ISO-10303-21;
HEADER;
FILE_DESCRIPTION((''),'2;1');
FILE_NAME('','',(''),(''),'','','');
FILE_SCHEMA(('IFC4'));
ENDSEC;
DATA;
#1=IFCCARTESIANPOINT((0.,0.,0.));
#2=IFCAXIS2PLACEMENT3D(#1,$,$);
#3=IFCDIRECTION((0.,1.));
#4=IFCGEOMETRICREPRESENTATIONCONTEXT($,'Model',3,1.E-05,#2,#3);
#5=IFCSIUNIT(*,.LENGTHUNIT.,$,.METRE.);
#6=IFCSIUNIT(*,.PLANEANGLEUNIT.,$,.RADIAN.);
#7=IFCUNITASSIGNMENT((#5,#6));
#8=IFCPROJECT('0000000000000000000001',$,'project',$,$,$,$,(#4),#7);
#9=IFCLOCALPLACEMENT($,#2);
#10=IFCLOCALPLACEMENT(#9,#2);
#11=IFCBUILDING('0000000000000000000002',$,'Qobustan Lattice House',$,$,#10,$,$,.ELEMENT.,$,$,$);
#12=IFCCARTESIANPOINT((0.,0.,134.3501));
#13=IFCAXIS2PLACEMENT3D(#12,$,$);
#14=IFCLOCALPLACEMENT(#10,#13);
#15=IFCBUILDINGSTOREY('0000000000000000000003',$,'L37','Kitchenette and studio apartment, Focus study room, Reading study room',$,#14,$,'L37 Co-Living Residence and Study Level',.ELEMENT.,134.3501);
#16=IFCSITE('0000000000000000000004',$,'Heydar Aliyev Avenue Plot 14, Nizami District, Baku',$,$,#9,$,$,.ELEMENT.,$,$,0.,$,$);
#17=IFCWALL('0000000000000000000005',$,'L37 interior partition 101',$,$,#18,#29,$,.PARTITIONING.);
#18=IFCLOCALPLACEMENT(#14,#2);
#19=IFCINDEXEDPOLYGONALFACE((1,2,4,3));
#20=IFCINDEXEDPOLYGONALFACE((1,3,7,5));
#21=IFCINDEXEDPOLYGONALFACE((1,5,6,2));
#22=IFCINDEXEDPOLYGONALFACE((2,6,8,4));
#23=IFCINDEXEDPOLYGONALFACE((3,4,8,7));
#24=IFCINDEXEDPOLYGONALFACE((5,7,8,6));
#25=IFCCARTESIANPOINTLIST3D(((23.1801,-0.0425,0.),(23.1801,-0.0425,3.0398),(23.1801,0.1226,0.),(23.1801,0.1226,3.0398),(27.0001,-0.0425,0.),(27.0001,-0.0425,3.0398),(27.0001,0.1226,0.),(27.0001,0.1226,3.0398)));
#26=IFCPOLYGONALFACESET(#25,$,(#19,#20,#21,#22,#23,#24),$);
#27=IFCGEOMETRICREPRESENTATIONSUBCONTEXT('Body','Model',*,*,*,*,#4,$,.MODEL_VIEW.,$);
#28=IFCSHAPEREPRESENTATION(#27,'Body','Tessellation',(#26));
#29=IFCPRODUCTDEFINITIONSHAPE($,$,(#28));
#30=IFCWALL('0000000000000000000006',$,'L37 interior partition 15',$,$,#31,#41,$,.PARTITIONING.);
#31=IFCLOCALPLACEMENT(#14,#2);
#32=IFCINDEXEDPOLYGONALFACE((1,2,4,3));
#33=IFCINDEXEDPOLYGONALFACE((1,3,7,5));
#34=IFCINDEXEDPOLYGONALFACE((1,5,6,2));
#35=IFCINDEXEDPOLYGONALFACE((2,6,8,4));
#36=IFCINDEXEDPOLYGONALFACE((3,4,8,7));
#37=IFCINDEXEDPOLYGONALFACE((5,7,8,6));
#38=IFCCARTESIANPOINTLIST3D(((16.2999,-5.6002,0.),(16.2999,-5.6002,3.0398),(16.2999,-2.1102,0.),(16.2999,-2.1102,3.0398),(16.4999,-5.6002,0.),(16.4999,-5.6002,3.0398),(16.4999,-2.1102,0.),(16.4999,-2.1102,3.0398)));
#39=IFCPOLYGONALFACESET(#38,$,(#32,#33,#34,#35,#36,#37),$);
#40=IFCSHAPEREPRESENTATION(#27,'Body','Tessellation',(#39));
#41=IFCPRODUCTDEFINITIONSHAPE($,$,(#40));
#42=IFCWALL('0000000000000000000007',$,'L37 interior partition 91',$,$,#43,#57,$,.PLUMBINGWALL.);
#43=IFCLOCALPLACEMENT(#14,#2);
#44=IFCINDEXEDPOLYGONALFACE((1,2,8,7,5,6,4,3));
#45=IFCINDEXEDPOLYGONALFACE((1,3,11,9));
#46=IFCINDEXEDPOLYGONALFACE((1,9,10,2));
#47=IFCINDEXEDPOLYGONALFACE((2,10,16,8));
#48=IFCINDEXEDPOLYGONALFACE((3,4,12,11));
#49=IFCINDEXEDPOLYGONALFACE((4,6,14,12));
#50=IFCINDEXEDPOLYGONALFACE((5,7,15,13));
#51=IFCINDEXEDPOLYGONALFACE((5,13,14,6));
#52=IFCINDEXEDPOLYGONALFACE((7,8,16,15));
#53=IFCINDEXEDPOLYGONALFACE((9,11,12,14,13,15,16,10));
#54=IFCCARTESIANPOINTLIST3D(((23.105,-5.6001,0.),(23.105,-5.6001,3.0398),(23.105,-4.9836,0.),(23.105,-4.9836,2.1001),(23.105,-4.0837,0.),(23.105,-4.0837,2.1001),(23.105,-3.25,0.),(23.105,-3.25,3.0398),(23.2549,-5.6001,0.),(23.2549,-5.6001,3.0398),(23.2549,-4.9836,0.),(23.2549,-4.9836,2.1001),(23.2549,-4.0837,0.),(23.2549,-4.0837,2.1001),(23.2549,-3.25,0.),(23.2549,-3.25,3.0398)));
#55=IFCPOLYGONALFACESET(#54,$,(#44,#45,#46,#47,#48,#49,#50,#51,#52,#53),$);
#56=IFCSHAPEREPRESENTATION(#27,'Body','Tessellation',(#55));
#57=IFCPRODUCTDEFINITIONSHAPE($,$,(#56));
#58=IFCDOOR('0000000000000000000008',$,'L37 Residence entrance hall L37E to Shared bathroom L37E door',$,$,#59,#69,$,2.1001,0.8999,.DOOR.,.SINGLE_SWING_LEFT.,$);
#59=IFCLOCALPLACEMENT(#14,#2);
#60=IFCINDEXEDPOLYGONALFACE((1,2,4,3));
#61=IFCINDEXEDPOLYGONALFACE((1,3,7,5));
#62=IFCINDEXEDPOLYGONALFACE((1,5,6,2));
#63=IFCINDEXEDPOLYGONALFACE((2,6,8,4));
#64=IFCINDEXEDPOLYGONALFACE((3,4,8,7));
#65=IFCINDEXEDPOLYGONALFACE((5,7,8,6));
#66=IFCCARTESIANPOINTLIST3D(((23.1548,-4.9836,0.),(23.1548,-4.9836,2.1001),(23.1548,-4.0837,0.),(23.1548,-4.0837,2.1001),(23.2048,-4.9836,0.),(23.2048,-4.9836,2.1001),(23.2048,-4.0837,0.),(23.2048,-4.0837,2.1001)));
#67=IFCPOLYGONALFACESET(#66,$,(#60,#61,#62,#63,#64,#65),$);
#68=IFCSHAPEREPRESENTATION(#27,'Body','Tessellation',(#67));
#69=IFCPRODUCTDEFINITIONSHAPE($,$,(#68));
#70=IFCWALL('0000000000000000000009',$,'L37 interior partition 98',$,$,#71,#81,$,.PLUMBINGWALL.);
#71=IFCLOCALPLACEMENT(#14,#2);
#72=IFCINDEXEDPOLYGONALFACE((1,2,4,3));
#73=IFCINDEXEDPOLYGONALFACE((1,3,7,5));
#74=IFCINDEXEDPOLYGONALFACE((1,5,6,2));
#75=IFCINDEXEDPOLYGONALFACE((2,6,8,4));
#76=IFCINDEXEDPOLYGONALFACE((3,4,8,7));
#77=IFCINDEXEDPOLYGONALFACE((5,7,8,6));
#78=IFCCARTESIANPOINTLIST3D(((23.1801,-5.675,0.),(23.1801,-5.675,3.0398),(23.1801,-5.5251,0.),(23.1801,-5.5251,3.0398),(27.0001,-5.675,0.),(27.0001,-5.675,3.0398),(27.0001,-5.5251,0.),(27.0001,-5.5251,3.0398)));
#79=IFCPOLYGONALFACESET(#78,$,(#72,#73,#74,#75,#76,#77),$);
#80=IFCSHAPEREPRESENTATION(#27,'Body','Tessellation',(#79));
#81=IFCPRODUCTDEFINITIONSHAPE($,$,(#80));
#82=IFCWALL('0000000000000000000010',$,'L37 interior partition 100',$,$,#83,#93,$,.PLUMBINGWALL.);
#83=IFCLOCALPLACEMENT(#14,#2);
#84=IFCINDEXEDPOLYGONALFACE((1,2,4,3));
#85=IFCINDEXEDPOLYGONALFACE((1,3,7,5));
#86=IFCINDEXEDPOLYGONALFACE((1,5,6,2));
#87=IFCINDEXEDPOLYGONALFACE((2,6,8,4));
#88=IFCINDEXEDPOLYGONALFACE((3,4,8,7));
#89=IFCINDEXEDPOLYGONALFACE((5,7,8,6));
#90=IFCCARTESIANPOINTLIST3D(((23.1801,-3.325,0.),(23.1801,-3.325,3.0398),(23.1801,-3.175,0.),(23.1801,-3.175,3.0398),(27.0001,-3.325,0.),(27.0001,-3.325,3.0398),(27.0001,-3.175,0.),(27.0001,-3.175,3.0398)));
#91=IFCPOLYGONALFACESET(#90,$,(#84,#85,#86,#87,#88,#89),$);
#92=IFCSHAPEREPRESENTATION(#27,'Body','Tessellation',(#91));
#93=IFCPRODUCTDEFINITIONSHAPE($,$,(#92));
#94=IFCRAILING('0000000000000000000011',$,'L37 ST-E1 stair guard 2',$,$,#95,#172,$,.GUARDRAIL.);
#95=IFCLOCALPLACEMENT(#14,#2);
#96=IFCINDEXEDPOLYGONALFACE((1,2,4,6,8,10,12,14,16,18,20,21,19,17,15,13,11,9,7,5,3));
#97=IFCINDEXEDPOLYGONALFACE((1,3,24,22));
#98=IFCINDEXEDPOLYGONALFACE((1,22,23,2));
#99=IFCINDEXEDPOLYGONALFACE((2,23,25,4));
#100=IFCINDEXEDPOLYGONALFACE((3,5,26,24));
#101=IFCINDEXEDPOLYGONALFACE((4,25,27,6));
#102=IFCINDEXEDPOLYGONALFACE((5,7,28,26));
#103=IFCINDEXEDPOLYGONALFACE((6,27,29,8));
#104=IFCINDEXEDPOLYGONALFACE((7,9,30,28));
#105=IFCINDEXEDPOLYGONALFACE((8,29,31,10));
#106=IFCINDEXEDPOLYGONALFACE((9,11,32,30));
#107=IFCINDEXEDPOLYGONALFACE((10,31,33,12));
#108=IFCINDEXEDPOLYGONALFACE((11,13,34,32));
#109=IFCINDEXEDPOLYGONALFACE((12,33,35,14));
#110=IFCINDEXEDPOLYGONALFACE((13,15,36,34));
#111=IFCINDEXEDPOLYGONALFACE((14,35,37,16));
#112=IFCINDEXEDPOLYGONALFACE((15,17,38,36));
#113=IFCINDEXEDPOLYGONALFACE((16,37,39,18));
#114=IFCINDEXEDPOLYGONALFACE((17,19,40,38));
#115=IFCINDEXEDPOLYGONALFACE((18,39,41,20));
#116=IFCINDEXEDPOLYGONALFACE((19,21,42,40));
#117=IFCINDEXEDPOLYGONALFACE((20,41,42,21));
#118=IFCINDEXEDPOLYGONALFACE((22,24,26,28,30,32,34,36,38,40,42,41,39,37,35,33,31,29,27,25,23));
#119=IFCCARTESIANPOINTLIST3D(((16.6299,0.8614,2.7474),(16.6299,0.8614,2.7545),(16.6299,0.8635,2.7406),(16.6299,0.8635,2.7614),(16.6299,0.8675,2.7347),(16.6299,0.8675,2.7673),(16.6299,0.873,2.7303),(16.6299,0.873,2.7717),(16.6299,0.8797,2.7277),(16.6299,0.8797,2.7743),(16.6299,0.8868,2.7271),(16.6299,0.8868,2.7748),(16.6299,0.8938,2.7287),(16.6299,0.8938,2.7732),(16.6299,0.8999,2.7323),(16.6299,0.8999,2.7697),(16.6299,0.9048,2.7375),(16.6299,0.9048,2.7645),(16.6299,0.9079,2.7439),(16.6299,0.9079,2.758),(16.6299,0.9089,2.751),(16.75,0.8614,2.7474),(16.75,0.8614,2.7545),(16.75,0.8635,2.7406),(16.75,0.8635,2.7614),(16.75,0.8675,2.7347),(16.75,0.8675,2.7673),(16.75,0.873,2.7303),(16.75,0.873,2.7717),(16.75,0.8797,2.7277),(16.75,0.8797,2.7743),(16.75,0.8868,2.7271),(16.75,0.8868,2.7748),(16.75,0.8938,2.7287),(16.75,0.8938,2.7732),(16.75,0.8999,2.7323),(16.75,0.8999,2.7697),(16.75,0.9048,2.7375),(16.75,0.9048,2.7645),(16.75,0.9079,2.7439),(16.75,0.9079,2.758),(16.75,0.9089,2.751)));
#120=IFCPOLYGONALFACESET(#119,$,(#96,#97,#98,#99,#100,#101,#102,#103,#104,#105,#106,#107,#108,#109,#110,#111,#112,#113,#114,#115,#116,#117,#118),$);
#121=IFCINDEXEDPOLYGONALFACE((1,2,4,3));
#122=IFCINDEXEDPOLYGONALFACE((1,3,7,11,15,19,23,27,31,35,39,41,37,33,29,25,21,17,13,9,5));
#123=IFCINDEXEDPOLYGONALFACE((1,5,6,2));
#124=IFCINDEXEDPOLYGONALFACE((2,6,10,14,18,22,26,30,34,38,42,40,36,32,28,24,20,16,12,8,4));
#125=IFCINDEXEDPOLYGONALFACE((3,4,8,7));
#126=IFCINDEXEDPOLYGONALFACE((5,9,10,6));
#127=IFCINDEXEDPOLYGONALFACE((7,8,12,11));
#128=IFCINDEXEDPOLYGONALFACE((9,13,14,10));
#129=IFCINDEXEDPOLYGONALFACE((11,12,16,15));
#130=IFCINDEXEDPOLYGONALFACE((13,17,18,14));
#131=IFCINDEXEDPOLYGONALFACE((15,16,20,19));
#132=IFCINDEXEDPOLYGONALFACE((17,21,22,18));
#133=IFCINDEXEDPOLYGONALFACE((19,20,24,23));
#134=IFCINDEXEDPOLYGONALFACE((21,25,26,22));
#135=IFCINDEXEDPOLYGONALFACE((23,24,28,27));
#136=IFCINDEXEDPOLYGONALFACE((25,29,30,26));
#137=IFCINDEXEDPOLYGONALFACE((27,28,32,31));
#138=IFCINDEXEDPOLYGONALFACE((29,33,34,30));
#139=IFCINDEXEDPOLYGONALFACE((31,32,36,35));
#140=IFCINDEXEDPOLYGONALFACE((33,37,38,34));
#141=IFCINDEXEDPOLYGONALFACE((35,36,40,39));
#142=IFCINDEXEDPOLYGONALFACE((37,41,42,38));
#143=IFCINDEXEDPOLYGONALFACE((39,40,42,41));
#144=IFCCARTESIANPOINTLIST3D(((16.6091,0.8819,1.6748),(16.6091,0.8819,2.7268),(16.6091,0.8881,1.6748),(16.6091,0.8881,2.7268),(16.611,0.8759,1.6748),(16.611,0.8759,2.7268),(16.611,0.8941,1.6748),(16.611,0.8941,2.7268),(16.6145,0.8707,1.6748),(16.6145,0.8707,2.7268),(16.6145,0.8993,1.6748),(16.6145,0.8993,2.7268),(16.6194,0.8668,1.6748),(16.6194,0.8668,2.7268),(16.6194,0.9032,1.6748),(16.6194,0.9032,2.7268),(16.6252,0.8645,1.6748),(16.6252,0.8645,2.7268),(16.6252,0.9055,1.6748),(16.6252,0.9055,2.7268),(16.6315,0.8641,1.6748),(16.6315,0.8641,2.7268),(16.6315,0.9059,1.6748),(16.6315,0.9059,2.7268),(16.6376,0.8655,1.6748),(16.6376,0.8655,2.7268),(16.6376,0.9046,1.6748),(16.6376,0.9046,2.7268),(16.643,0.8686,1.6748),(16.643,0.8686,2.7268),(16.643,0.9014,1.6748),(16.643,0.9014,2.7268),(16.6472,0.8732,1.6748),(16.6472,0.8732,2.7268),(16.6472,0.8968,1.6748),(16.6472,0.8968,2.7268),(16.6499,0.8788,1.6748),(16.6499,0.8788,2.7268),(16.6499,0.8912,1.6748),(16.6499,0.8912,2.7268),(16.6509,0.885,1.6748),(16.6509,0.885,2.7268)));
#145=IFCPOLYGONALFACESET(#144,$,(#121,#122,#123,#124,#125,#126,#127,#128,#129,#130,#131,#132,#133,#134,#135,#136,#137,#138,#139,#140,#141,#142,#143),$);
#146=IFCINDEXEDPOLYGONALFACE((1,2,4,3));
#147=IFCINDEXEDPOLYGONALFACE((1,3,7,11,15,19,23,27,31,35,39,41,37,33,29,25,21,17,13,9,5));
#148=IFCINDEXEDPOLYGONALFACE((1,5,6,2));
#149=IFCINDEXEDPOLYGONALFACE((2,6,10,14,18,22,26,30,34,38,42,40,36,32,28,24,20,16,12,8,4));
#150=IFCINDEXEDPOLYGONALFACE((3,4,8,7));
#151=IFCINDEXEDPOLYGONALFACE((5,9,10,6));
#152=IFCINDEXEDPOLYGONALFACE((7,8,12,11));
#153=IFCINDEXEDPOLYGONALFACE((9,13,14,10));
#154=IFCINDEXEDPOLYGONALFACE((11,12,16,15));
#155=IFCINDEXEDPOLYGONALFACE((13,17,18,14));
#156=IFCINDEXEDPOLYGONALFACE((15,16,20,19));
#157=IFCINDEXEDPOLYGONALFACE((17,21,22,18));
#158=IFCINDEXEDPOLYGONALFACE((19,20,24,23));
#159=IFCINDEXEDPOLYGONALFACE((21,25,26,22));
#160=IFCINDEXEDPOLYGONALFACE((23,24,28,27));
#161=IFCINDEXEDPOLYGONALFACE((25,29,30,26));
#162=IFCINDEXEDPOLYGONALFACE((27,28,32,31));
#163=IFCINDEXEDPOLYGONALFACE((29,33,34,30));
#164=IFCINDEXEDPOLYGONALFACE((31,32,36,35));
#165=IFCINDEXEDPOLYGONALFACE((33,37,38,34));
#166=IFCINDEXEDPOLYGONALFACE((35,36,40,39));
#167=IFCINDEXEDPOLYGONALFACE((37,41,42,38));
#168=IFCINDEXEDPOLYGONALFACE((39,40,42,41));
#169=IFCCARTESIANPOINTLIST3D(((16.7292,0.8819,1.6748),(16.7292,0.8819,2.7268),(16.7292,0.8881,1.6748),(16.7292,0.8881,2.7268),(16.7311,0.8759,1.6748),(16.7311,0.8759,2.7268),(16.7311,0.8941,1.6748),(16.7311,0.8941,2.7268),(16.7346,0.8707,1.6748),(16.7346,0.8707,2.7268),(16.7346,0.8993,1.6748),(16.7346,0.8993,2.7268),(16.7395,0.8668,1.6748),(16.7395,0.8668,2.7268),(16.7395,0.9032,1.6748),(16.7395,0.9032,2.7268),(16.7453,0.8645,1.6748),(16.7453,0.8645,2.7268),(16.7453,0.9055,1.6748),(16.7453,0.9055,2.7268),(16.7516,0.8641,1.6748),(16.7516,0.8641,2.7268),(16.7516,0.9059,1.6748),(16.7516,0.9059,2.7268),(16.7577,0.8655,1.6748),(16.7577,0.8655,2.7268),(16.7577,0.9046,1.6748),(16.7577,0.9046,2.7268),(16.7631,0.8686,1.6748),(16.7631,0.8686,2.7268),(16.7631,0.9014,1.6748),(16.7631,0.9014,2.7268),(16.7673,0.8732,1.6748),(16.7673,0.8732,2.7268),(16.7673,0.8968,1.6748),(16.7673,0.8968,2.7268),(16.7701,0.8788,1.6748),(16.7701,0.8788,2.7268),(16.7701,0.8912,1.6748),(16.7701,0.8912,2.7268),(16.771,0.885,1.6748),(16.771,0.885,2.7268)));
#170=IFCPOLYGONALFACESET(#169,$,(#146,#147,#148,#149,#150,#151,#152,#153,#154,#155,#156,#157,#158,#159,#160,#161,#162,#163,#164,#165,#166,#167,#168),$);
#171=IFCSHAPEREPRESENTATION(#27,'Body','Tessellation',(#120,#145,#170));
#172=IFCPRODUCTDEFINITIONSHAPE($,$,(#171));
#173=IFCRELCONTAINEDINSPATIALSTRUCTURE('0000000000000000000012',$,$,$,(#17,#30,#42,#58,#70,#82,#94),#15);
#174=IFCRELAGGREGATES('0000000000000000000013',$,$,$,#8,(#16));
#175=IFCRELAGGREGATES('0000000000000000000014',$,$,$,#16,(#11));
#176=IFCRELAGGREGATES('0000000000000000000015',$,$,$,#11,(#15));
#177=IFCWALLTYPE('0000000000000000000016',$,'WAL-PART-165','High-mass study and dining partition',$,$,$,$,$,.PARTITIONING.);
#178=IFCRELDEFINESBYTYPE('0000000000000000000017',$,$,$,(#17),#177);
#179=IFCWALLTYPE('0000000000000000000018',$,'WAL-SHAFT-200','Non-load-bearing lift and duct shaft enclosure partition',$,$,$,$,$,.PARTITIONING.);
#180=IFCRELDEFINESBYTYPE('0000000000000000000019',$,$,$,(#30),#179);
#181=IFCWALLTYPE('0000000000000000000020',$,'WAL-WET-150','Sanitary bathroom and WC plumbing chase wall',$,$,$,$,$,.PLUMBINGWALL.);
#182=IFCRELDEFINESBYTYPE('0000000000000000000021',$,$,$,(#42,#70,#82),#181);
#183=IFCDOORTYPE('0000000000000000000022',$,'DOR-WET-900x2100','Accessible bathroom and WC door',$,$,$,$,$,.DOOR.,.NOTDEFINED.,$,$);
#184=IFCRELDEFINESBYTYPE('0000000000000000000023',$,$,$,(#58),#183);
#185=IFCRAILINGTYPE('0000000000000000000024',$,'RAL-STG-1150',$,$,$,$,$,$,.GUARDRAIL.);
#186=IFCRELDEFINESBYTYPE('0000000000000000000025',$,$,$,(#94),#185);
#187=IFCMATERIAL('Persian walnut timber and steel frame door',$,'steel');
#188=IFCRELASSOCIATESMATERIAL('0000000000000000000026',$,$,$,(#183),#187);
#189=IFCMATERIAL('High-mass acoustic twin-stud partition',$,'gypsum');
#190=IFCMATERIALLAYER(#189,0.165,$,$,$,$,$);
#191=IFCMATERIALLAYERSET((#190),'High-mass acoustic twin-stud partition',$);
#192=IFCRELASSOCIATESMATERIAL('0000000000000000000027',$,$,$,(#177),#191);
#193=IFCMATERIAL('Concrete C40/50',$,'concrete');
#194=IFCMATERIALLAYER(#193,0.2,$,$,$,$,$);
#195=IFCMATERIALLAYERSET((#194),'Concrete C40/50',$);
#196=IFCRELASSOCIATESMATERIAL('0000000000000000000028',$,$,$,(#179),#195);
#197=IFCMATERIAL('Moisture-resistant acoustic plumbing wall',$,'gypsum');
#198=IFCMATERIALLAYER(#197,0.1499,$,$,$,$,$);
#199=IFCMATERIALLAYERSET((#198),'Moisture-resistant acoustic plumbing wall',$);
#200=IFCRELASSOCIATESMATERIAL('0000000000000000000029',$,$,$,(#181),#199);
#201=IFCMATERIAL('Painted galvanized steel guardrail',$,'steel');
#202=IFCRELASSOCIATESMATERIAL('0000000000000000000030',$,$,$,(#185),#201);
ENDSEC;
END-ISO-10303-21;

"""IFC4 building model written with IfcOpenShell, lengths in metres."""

from ifc_helpers import new_model, si_unit, direction, frame, frame_2d, origin, origin_2d, place, context, subcontext, project, spatial, rectangle, circle, extrude, material, layer, layer_set, type_object, element, fill, save


model = new_model("IFC4")

# Units and contexts
model_context = context("Model", 3, precision=1e-05, world=origin(), true_north=direction((0.0, 1.0)))
body_context = subcontext(model_context, "Body", "Model", "MODEL_VIEW")
ifc_project = project(units=[si_unit("LENGTHUNIT", "METRE"), si_unit("PLANEANGLEUNIT", "RADIAN")], contexts=[model_context])

# Site, building, storey
site_placement = place(None, origin())
site = spatial("IfcSite", under=ifc_project, at=site_placement, Name="Heydar Aliyev Avenue Plot 14, Nizami District, Baku", CompositionType="ELEMENT", RefElevation=0.0)
building_placement = place(site_placement, origin())
building = spatial("IfcBuilding", under=site, at=building_placement, Name="Qobustan Lattice House", CompositionType="ELEMENT")
storey_placement = place(building_placement, frame((0.0, 0.0, 134.3501)))
storey = spatial("IfcBuildingStorey", under=building, at=storey_placement, Name="L37", Description="Kitchenette and studio apartment, Focus study room, Reading study room", LongName="L37 Co-Living Residence and Study Level", CompositionType="ELEMENT", Elevation=134.3501)

# Shared definitions
ifc_material_1 = material(Name="Persian walnut timber and steel frame door", Category="steel")
door_type_1 = type_object("IfcDoorType", Name="DOR-WET-900x2100", Description="Accessible bathroom and WC door", OperationType="NOTDEFINED", PredefinedType="DOOR", material=ifc_material_1)
ifc_material_2 = material(Name="High-mass acoustic twin-stud partition", Category="gypsum")
ifc_layer_1 = layer(ifc_material_2, 0.165)
ifc_layer_set_1 = layer_set([ifc_layer_1], Name="High-mass acoustic twin-stud partition")
wall_type_1 = type_object("IfcWallType", Name="WAL-PART-165", Description="High-mass study and dining partition", PredefinedType="PARTITIONING", material=ifc_layer_set_1)

# Walls
wall_1_placement = place(storey_placement, frame((23.1799, 0.04, 0.0), z_axis=(0.0, 0.0, 1.0), x_axis=(1.0, 0.0, 0.0)))
element("IfcWall", 1, at=wall_1_placement, inside=storey, type_object=wall_type_1, Name="L37 interior partition 101", PredefinedType="PARTITIONING", context=body_context, shape_type="SweptSolid", body=[
    extrude(rectangle(XDim=3.8201, YDim=0.165, at=frame_2d((1.9102, 0.0))), origin(), (0.0, 0.0, 1.0), 3.0398),
])
ifc_material_3 = material(Name="Concrete C40/50", Category="concrete")
ifc_layer_2 = layer(ifc_material_3, 0.2)
ifc_layer_set_2 = layer_set([ifc_layer_2], Name="Concrete C40/50")
wall_type_2 = type_object("IfcWallType", Name="WAL-SHAFT-200", Description="Non-load-bearing lift and duct shaft enclosure partition", PredefinedType="PARTITIONING", material=ifc_layer_set_2)
wall_2_placement = place(storey_placement, frame((16.3999, -2.1101, 0.0), z_axis=(0.0, 0.0, 1.0), x_axis=(0.0, -1.0, 0.0)))
element("IfcWall", 2, at=wall_2_placement, inside=storey, type_object=wall_type_2, Name="L37 interior partition 15", PredefinedType="PARTITIONING", context=body_context, shape_type="SweptSolid", body=[
    extrude(rectangle(XDim=3.49, YDim=0.2, at=frame_2d((1.7451, 0.0))), origin(), (0.0, 0.0, 1.0), 3.0398),
])

# Wall, opening, door
ifc_material_4 = material(Name="Moisture-resistant acoustic plumbing wall", Category="gypsum")
ifc_layer_3 = layer(ifc_material_4, 0.1499)
ifc_layer_set_3 = layer_set([ifc_layer_3], Name="Moisture-resistant acoustic plumbing wall")
wall_type_3 = type_object("IfcWallType", Name="WAL-WET-150", Description="Sanitary bathroom and WC plumbing chase wall", PredefinedType="PLUMBINGWALL", material=ifc_layer_set_3)
wall_3_placement = place(storey_placement, frame((23.1799, -3.25, 0.0), z_axis=(0.0, 0.0, 1.0), x_axis=(0.0, -1.0, 0.0)))
wall_3 = element("IfcWall", 3, at=wall_3_placement, inside=storey, type_object=wall_type_3, Name="L37 interior partition 91", PredefinedType="PLUMBINGWALL", context=body_context, shape_type="SweptSolid", body=[
    extrude(rectangle(XDim=2.3501, YDim=0.1499, at=frame_2d((1.175, 0.0))), origin(), (0.0, 0.0, 1.0), 3.0398),
])
opening_1_placement = place(wall_3_placement, frame((0.8337, 0.0, 0.0)))
opening_1 = element("IfcOpeningElement", 4, at=opening_1_placement, cuts=wall_3, PredefinedType="OPENING", context=body_context, shape_type="SweptSolid", body=[
    extrude(rectangle(XDim=0.8999, YDim=2.1001, at=frame_2d((0.45, 1.05))), frame((0.0, 0.085, 0.0), z_axis=(0.0, -1.0, 0.0), x_axis=(1.0, 0.0, 0.0)), (0.0, 0.0, 1.0), 0.1699),
])
door_1_placement = place(opening_1_placement, origin())
door_1 = element("IfcDoor", 5, at=door_1_placement, inside=storey, type_object=door_type_1, Name="L37 Residence entrance hall L37E to Shared bathroom L37E door", OperationType="SINGLE_SWING_LEFT", OverallHeight=2.1001, OverallWidth=0.8999, PredefinedType="DOOR", context=body_context, shape_type="SweptSolid", body=[
    extrude(rectangle(XDim=0.8999, YDim=2.1001, at=frame_2d((0.45, 1.05))), frame((0.0, 0.0249, 0.0), z_axis=(0.0, -1.0, 0.0), x_axis=(1.0, 0.0, 0.0)), (0.0, 0.0, 1.0), 0.05),
])
fill(opening_1, door_1)

# Walls
for number, where, z_axis, x_axis, name in (
    (6, (23.1799, -5.6001, 0.0), (0.0, 0.0, 1.0), (1.0, 0.0, 0.0), "L37 interior partition 98"),
    (7, (23.1799, -3.25, 0.0), (0.0, 0.0, 1.0), (1.0, 0.0, 0.0), "L37 interior partition 100"),
):
    element("IfcWall", number, at=place(storey_placement, frame(where, z_axis=z_axis, x_axis=x_axis)), inside=storey, type_object=wall_type_3, Name=name, PredefinedType="PLUMBINGWALL", context=body_context, shape_type="SweptSolid", body=[
        extrude(rectangle(XDim=3.8201, YDim=0.1499, at=frame_2d((1.9102, 0.0))), origin(), (0.0, 0.0, 1.0), 3.0398),
    ])

# Railing
ifc_material_5 = material(Name="Painted galvanized steel guardrail", Category="steel")
railing_type = type_object("IfcRailingType", Name="RAL-STG-1150", PredefinedType="GUARDRAIL", material=ifc_material_5)
railing_1_placement = place(storey_placement, frame((16.6299, 0.885, 1.6748)))
element("IfcRailing", 8, at=railing_1_placement, inside=storey, type_object=railing_type, Name="L37 ST-E1 stair guard 2", PredefinedType="GUARDRAIL", context=body_context, shape_type="SweptSolid", body=[
    extrude(circle(Radius=0.0239, at=origin_2d()), frame((0.0, 0.0, 1.0762), z_axis=(1.0, 0.0, 0.0), x_axis=(0.0, 1.0, 0.0)), (0.0, 0.0, 1.0), 0.1201),
    extrude(circle(Radius=0.021, at=origin_2d()), origin(), (0.0, 0.0, 1.0), 1.052),
    extrude(circle(Radius=0.021, at=origin_2d()), frame((0.1201, 0.0, 0.0)), (0.0, 0.0, 1.0), 1.052),
])

save(model, "model.ifc")
